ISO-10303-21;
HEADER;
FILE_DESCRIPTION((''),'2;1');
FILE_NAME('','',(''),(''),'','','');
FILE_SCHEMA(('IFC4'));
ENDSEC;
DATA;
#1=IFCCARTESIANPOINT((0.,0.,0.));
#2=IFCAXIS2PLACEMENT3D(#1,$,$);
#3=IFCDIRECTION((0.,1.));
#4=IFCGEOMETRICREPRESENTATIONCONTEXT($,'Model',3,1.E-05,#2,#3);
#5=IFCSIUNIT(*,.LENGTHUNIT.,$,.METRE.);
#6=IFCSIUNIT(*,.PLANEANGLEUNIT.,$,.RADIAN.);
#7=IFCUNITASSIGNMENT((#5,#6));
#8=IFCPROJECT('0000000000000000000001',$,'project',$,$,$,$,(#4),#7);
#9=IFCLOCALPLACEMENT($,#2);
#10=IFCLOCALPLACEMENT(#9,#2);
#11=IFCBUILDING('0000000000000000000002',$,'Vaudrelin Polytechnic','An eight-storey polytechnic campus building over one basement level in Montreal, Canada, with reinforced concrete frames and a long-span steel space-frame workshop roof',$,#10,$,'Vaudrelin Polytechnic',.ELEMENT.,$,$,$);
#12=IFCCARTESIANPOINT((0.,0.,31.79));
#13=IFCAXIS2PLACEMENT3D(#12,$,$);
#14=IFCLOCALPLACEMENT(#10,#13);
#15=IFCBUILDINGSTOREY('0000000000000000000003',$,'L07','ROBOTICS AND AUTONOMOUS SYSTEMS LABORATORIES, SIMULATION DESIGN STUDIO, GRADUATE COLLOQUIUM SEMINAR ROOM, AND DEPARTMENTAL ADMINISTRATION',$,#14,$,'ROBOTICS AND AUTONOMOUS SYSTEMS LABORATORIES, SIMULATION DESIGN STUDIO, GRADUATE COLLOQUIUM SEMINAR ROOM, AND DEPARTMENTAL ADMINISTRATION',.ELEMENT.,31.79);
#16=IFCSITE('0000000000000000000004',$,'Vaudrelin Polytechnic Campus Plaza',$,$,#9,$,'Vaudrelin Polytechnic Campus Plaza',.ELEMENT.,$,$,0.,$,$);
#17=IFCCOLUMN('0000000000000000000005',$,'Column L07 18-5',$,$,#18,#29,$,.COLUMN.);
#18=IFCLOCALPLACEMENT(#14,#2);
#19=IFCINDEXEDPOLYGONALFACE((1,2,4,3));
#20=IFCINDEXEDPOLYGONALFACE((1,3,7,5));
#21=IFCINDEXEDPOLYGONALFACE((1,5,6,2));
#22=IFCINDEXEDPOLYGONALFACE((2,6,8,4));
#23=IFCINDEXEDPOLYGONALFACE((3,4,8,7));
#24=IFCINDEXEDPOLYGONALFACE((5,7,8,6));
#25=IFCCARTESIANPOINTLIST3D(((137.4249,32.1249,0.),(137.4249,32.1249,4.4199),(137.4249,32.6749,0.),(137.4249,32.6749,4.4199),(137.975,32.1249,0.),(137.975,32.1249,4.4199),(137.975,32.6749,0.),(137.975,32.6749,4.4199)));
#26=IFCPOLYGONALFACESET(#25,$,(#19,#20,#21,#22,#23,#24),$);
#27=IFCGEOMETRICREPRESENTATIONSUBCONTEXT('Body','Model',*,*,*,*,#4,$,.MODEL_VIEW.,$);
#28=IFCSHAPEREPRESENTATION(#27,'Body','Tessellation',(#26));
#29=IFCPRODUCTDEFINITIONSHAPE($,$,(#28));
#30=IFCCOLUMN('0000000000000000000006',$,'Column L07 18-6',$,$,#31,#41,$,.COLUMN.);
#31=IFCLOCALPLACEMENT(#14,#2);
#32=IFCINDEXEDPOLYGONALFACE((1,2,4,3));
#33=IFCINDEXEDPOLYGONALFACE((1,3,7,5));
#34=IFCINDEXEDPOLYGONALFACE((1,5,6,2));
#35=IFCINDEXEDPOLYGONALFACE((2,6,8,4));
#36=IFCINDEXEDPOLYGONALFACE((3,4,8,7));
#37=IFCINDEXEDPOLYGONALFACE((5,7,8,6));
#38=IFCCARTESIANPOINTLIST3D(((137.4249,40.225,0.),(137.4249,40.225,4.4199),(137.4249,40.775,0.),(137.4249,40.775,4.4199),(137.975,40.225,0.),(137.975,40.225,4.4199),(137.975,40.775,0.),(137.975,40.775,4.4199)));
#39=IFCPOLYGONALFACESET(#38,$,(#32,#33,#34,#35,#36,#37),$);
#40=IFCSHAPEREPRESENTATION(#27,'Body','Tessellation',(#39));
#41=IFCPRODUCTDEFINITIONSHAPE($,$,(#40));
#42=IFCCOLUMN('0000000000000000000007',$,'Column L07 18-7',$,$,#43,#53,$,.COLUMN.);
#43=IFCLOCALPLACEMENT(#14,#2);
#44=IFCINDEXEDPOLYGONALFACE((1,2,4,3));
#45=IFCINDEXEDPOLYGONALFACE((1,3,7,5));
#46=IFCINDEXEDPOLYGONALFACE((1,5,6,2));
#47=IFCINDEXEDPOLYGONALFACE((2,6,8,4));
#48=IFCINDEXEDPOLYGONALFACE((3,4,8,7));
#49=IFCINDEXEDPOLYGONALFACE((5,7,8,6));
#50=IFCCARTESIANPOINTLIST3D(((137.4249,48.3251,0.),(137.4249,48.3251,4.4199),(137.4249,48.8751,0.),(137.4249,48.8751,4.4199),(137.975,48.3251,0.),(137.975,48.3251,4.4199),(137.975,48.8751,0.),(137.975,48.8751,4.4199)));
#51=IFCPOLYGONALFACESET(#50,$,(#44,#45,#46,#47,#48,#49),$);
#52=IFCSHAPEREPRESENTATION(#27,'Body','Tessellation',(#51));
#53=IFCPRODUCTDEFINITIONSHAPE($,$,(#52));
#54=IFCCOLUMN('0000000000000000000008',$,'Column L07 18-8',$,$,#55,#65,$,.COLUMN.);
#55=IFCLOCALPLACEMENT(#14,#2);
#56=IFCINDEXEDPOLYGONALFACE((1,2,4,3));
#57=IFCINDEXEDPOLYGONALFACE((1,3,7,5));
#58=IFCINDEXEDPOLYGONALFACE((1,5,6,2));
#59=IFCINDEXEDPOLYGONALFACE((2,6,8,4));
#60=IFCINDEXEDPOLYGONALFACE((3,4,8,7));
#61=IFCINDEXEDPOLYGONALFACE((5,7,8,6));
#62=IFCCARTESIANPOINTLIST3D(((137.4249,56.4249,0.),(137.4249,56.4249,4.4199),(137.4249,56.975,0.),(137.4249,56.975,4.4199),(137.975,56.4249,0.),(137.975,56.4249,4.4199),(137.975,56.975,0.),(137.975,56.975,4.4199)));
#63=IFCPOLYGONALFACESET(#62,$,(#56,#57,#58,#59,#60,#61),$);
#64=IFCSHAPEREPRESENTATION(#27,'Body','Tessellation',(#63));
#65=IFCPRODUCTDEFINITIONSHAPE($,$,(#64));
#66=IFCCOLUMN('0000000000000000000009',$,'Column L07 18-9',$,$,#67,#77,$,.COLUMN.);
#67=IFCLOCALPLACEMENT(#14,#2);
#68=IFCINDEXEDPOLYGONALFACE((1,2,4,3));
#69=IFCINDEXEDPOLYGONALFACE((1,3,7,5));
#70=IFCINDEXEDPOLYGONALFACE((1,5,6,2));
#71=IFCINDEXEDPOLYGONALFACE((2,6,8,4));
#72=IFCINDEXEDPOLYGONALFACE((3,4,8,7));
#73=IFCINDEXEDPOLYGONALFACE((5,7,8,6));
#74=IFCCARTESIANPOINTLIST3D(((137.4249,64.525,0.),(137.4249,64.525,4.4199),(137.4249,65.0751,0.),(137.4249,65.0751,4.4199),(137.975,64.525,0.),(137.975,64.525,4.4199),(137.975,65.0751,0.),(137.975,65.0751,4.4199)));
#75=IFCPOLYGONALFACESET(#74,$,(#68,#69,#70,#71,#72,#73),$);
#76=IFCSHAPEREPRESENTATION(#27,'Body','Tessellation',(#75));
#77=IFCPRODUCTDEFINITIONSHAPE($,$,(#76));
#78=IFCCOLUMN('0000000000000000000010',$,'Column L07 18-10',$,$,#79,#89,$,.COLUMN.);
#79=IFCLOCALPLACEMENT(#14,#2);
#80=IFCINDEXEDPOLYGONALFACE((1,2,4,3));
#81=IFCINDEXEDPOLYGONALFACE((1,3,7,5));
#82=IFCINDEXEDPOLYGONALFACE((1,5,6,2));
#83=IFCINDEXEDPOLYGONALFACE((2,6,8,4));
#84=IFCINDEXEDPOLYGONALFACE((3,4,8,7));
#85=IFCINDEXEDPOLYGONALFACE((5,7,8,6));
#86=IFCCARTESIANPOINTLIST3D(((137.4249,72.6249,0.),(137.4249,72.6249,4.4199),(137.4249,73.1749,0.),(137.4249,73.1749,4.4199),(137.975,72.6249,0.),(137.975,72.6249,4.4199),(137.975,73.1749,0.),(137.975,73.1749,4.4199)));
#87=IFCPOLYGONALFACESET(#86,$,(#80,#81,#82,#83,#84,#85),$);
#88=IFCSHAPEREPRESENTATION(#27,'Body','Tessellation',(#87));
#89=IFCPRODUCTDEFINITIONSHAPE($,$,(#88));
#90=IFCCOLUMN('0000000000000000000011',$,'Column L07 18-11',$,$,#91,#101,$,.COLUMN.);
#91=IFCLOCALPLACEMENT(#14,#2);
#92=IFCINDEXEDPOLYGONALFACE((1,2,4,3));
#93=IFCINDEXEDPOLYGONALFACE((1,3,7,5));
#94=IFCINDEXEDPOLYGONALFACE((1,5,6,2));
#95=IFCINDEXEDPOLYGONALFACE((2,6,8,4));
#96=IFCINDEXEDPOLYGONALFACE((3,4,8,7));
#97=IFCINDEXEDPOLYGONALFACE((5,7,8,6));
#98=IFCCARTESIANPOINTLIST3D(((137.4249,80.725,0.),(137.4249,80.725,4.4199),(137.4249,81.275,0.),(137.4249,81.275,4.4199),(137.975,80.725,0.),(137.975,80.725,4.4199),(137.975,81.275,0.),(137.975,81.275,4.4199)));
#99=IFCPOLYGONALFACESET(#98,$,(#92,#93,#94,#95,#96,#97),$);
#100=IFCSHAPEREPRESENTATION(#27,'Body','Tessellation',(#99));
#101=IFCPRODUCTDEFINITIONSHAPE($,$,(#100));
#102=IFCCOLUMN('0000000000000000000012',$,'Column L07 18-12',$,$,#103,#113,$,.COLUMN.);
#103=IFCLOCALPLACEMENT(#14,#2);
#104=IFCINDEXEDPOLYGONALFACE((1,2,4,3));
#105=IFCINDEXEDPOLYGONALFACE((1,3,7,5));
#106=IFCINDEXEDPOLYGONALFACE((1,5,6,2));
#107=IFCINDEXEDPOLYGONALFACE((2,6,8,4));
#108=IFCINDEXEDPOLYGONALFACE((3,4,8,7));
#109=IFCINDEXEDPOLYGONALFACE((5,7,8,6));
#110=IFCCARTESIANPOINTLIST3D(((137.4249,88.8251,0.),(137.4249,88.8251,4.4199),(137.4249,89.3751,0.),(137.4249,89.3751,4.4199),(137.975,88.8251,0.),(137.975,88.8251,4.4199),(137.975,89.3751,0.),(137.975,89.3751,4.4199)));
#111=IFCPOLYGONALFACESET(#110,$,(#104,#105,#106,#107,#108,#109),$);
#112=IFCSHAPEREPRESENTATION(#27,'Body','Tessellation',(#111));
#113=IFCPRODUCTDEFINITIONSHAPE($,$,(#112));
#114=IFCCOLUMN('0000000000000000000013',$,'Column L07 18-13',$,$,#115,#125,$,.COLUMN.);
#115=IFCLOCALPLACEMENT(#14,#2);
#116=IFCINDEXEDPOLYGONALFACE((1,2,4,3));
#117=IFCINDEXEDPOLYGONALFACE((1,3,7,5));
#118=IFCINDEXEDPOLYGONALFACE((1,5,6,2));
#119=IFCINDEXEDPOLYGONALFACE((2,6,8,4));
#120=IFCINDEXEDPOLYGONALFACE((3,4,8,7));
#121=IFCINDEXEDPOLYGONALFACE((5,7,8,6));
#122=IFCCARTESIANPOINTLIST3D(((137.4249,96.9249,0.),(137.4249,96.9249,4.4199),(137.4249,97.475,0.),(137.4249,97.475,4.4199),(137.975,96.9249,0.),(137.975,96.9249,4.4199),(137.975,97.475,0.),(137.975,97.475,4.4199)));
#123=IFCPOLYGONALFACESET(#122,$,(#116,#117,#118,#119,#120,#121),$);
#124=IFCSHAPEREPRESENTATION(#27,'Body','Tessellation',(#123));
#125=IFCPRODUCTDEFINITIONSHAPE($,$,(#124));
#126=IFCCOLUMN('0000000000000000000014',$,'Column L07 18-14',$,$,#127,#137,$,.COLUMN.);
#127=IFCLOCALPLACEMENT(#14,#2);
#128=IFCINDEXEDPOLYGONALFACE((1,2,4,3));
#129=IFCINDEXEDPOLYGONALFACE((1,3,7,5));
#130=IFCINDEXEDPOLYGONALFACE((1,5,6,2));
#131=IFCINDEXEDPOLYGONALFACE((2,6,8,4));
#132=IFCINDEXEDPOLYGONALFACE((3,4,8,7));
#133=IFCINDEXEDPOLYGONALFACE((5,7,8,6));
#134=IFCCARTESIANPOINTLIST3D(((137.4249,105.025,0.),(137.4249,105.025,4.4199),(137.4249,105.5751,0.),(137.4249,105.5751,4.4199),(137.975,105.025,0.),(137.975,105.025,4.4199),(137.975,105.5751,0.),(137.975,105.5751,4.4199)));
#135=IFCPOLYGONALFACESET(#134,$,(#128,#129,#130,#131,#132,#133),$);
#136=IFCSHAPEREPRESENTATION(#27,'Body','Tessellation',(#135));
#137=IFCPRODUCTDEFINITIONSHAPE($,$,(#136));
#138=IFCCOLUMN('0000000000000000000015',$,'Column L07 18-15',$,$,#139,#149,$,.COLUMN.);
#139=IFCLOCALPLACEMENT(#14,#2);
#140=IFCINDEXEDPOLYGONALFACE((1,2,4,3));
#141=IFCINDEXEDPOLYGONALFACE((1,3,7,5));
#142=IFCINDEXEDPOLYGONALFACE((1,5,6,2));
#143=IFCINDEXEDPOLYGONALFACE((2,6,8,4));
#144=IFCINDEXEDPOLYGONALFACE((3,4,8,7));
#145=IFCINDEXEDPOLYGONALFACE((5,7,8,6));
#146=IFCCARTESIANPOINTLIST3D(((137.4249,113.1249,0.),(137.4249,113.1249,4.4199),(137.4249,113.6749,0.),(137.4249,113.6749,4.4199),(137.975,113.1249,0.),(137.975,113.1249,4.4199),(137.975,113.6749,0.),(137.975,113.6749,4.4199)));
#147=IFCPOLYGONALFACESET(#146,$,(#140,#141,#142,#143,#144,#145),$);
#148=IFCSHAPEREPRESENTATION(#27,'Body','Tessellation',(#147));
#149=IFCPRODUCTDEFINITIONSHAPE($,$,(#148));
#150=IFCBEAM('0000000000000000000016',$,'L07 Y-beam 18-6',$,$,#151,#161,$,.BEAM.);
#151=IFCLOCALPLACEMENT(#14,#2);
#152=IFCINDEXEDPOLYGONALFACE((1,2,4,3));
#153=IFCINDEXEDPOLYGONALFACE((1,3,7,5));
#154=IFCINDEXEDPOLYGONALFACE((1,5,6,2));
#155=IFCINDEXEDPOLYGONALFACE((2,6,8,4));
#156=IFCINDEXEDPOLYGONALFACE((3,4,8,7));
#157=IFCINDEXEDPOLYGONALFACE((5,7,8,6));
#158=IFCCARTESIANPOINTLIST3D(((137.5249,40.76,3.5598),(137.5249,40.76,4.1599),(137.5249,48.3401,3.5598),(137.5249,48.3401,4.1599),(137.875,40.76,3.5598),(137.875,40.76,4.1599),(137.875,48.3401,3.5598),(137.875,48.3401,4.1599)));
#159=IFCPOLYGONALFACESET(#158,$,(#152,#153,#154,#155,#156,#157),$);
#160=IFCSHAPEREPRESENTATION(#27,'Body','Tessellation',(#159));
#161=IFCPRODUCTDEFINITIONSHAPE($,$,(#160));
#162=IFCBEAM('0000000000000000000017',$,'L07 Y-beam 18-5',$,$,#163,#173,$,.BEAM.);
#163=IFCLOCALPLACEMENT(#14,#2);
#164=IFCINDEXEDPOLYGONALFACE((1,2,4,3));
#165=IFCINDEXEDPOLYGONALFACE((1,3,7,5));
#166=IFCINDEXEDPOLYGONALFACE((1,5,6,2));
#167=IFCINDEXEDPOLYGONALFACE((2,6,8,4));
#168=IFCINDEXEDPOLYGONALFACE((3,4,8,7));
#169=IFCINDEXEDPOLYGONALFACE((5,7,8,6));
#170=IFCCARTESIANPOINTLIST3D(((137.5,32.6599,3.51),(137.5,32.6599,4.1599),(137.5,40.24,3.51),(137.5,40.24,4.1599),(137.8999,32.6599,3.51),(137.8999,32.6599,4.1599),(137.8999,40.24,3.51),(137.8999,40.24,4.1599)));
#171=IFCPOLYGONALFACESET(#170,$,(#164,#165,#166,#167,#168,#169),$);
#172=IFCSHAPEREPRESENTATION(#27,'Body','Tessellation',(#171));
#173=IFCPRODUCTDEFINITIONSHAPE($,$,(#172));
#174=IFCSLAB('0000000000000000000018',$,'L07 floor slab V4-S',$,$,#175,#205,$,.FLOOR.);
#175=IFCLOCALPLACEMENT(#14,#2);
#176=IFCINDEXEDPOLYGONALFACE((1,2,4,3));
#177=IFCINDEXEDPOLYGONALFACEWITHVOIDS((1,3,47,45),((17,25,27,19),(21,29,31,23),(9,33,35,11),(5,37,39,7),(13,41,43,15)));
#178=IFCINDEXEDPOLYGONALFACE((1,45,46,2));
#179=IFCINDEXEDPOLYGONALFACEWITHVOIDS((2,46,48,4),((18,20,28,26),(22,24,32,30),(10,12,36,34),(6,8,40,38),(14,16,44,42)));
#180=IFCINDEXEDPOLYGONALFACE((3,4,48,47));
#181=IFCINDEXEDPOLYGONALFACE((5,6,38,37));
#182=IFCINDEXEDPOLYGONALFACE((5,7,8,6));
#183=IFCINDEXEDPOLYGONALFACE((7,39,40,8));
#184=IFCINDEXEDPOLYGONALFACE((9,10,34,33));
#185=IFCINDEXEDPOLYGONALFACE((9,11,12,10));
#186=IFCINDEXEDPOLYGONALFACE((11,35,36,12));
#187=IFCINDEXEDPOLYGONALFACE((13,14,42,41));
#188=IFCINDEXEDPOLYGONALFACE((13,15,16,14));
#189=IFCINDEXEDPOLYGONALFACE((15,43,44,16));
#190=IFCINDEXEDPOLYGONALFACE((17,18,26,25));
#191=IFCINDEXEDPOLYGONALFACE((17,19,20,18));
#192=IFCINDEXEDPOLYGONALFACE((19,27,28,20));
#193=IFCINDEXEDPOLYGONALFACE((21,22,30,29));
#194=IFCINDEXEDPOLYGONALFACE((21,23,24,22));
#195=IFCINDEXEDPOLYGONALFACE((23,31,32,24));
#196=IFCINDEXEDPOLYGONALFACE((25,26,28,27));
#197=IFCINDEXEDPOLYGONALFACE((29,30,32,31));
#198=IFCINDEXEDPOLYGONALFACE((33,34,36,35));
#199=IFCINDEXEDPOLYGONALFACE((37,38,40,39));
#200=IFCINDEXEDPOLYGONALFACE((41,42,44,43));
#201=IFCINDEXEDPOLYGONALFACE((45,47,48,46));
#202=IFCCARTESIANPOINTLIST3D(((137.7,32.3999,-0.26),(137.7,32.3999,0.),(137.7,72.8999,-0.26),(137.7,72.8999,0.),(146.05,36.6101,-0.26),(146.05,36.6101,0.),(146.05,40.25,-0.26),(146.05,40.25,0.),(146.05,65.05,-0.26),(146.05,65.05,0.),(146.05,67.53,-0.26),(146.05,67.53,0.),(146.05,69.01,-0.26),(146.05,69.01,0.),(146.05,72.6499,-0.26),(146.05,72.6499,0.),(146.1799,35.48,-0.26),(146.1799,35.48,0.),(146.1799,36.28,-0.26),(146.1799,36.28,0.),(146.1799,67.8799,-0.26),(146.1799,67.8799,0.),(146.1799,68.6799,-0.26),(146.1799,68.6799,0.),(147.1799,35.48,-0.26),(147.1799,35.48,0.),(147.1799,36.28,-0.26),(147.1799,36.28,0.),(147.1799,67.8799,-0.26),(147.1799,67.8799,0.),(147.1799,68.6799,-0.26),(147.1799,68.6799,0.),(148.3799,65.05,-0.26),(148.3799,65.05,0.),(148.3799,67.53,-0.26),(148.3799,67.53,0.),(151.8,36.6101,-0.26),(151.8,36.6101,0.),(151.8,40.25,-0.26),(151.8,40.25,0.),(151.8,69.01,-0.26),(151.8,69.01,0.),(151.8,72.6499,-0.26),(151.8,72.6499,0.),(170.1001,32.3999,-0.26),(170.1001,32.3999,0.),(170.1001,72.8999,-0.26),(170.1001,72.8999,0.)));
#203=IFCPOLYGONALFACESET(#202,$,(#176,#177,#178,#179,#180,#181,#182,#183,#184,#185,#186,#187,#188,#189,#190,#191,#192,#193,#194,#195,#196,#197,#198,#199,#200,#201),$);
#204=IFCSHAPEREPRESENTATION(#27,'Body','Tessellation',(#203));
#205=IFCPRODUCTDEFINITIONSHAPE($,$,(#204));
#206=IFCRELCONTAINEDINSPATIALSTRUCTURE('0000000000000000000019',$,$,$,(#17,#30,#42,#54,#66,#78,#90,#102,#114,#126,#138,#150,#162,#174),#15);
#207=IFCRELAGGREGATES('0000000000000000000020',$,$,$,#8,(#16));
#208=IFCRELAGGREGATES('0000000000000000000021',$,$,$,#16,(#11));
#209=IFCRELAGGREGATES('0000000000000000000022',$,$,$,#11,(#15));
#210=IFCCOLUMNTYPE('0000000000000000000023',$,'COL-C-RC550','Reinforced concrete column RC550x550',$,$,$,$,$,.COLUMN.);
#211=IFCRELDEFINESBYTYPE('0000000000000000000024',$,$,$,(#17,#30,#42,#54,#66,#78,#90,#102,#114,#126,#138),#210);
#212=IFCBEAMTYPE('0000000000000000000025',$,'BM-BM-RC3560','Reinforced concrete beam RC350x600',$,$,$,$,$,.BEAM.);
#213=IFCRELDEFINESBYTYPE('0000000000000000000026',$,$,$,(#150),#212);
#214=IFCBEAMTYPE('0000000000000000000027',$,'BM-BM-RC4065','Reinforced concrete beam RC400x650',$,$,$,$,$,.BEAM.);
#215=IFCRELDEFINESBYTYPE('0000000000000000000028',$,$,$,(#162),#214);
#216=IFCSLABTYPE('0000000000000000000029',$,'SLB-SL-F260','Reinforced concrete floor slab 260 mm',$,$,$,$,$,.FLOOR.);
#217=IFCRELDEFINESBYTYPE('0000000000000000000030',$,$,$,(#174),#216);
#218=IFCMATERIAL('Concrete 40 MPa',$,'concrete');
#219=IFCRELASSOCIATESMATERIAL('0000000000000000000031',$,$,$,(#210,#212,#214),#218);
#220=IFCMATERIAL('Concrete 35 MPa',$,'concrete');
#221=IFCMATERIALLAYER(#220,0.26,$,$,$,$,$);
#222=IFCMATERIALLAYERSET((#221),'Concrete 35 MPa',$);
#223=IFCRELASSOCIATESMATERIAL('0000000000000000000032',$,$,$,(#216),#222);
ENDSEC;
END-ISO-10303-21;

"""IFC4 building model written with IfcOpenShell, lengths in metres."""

from ifc_helpers import new_model, si_unit, direction, frame, origin, origin_2d, place, context, subcontext, project, spatial, polyline, rectangle, outline, extrude, material, layer, layer_set, material_profile, profile_set, type_object, element, save


model = new_model("IFC4")

# Units and contexts
model_context = context("Model", 3, precision=1e-05, world=origin(), true_north=direction((0.0, 1.0)))
body_context = subcontext(model_context, "Body", "Model", "MODEL_VIEW")
ifc_project = project(units=[si_unit("LENGTHUNIT", "METRE"), si_unit("PLANEANGLEUNIT", "RADIAN")], contexts=[model_context])

# Site, building, storey
site_placement = place(None, origin())
site = spatial("IfcSite", under=ifc_project, at=site_placement, Name="Vaudrelin Polytechnic Campus Plaza", LongName="Vaudrelin Polytechnic Campus Plaza", CompositionType="ELEMENT", RefElevation=0.0)
building_placement = place(site_placement, origin())
building = spatial("IfcBuilding", under=site, at=building_placement, Name="Vaudrelin Polytechnic", Description="An eight-storey polytechnic campus building over one basement level in Montreal, Canada, with reinforced concrete frames and a long-span steel space-frame workshop roof", LongName="Vaudrelin Polytechnic", CompositionType="ELEMENT")
storey_placement = place(building_placement, frame((0.0, 0.0, 31.79)))
storey = spatial("IfcBuildingStorey", under=building, at=storey_placement, Name="L07", Description="ROBOTICS AND AUTONOMOUS SYSTEMS LABORATORIES, SIMULATION DESIGN STUDIO, GRADUATE COLLOQUIUM SEMINAR ROOM, AND DEPARTMENTAL ADMINISTRATION", LongName="ROBOTICS AND AUTONOMOUS SYSTEMS LABORATORIES, SIMULATION DESIGN STUDIO, GRADUATE COLLOQUIUM SEMINAR ROOM, AND DEPARTMENTAL ADMINISTRATION", CompositionType="ELEMENT", Elevation=31.79)

# Columns
ifc_material_1 = material(Name="Concrete 40 MPa", Category="concrete")
ifc_material_profile_1 = material_profile(ifc_material_1, rectangle(XDim=0.55, YDim=0.55, at=origin_2d()), Name="RC550x550")
ifc_profile_set_1 = profile_set([ifc_material_profile_1], Name="Concrete 40 MPa")
column_type = type_object("IfcColumnType", Name="COL-C-RC550", Description="Reinforced concrete column RC550x550", PredefinedType="COLUMN", material=ifc_profile_set_1)
for number, where, z_axis, x_axis, name in (
    (1, (137.7, 32.3999, 0.0), (0.0, 0.0, 1.0), (1.0, 0.0, 0.0), "Column L07 18-5"),
    (2, (137.7, 40.5, 0.0), (0.0, 0.0, 1.0), (1.0, 0.0, 0.0), "Column L07 18-6"),
    (3, (137.7, 48.6001, 0.0), (0.0, 0.0, 1.0), (1.0, 0.0, 0.0), "Column L07 18-7"),
    (4, (137.7, 56.7, 0.0), (0.0, 0.0, 1.0), (1.0, 0.0, 0.0), "Column L07 18-8"),
    (5, (137.7, 64.8, 0.0), (0.0, 0.0, 1.0), (1.0, 0.0, 0.0), "Column L07 18-9"),
    (6, (137.7, 72.8999, 0.0), (0.0, 0.0, 1.0), (1.0, 0.0, 0.0), "Column L07 18-10"),
    (7, (137.7, 81.0, 0.0), (0.0, 0.0, 1.0), (1.0, 0.0, 0.0), "Column L07 18-11"),
    (8, (137.7, 89.1001, 0.0), (0.0, 0.0, 1.0), (1.0, 0.0, 0.0), "Column L07 18-12"),
    (9, (137.7, 97.2, 0.0), (0.0, 0.0, 1.0), (1.0, 0.0, 0.0), "Column L07 18-13"),
    (10, (137.7, 105.3, 0.0), (0.0, 0.0, 1.0), (1.0, 0.0, 0.0), "Column L07 18-14"),
    (11, (137.7, 113.3999, 0.0), (0.0, 0.0, 1.0), (1.0, 0.0, 0.0), "Column L07 18-15"),
):
    element("IfcColumn", number, at=place(storey_placement, frame(where, z_axis=z_axis, x_axis=x_axis)), inside=storey, type_object=column_type, Name=name, PredefinedType="COLUMN", context=body_context, shape_type="SweptSolid", body=[
        extrude(rectangle(XDim=0.55, YDim=0.55, at=origin_2d()), origin(), (0.0, 0.0, 1.0), 4.4199),
    ])

# Beams
ifc_material_profile_2 = material_profile(ifc_material_1, rectangle(XDim=0.3501, YDim=0.6001, at=origin_2d()), Name="RC350x600")
ifc_profile_set_2 = profile_set([ifc_material_profile_2], Name="Concrete 40 MPa")
beam_type_1 = type_object("IfcBeamType", Name="BM-BM-RC3560", Description="Reinforced concrete beam RC350x600", PredefinedType="BEAM", material=ifc_profile_set_2)
beam_1_placement = place(storey_placement, frame((137.7, 40.76, 3.8599), z_axis=(0.0, 1.0, 0.0), x_axis=(-1.0, 0.0, 0.0)))
element("IfcBeam", 12, at=beam_1_placement, inside=storey, type_object=beam_type_1, Name="L07 Y-beam 18-6", PredefinedType="BEAM", context=body_context, shape_type="SweptSolid", body=[
    extrude(rectangle(XDim=0.3501, YDim=0.6001, at=origin_2d()), origin(), (0.0, 0.0, 1.0), 7.5801),
])
ifc_material_profile_3 = material_profile(ifc_material_1, rectangle(XDim=0.3999, YDim=0.6499, at=origin_2d()), Name="RC400x650")
ifc_profile_set_3 = profile_set([ifc_material_profile_3], Name="Concrete 40 MPa")
beam_type_2 = type_object("IfcBeamType", Name="BM-BM-RC4065", Description="Reinforced concrete beam RC400x650", PredefinedType="BEAM", material=ifc_profile_set_3)
beam_2_placement = place(storey_placement, frame((137.7, 32.6599, 3.835), z_axis=(0.0, 1.0, 0.0), x_axis=(-1.0, 0.0, 0.0)))
element("IfcBeam", 13, at=beam_2_placement, inside=storey, type_object=beam_type_2, Name="L07 Y-beam 18-5", PredefinedType="BEAM", context=body_context, shape_type="SweptSolid", body=[
    extrude(rectangle(XDim=0.3999, YDim=0.6499, at=origin_2d()), origin(), (0.0, 0.0, 1.0), 7.5801),
])

# Slab
ifc_material_2 = material(Name="Concrete 35 MPa", Category="concrete")
ifc_layer_1 = layer(ifc_material_2, 0.26)
ifc_layer_set_1 = layer_set([ifc_layer_1], Name="Concrete 35 MPa")
slab_type_1 = type_object("IfcSlabType", Name="SLB-SL-F260", Description="Reinforced concrete floor slab 260 mm", PredefinedType="FLOOR", material=ifc_layer_set_1)
slab_1_placement = place(storey_placement, frame((0.0, 0.0, -0.26)))
element("IfcSlab", 14, at=slab_1_placement, inside=storey, type_object=slab_type_1, Name="L07 floor slab V4-S", PredefinedType="FLOOR", context=body_context, shape_type="SweptSolid", body=[
    extrude(outline(polyline([(137.7, 32.3999), (170.1001, 32.3999), (170.1001, 72.8999), (137.7, 72.8999), (137.7, 32.3999)]), holes=[polyline([(146.05, 69.01), (151.8, 69.01), (151.8, 72.6499), (146.05, 72.6499), (146.05, 69.01)]), polyline([(146.05, 65.05), (148.3799, 65.05), (148.3799, 67.53), (146.05, 67.53), (146.05, 65.05)]), polyline([(146.1799, 67.8799), (147.1799, 67.8799), (147.1799, 68.6799), (146.1799, 68.6799), (146.1799, 67.8799)]), polyline([(146.05, 36.6101), (151.8, 36.6101), (151.8, 40.25), (146.05, 40.25), (146.05, 36.6101)]), polyline([(146.1799, 35.48), (147.1799, 35.48), (147.1799, 36.28), (146.1799, 36.28), (146.1799, 35.48)])]), origin(), (0.0, 0.0, 1.0), 0.26),
])

save(model, "model.ifc")
